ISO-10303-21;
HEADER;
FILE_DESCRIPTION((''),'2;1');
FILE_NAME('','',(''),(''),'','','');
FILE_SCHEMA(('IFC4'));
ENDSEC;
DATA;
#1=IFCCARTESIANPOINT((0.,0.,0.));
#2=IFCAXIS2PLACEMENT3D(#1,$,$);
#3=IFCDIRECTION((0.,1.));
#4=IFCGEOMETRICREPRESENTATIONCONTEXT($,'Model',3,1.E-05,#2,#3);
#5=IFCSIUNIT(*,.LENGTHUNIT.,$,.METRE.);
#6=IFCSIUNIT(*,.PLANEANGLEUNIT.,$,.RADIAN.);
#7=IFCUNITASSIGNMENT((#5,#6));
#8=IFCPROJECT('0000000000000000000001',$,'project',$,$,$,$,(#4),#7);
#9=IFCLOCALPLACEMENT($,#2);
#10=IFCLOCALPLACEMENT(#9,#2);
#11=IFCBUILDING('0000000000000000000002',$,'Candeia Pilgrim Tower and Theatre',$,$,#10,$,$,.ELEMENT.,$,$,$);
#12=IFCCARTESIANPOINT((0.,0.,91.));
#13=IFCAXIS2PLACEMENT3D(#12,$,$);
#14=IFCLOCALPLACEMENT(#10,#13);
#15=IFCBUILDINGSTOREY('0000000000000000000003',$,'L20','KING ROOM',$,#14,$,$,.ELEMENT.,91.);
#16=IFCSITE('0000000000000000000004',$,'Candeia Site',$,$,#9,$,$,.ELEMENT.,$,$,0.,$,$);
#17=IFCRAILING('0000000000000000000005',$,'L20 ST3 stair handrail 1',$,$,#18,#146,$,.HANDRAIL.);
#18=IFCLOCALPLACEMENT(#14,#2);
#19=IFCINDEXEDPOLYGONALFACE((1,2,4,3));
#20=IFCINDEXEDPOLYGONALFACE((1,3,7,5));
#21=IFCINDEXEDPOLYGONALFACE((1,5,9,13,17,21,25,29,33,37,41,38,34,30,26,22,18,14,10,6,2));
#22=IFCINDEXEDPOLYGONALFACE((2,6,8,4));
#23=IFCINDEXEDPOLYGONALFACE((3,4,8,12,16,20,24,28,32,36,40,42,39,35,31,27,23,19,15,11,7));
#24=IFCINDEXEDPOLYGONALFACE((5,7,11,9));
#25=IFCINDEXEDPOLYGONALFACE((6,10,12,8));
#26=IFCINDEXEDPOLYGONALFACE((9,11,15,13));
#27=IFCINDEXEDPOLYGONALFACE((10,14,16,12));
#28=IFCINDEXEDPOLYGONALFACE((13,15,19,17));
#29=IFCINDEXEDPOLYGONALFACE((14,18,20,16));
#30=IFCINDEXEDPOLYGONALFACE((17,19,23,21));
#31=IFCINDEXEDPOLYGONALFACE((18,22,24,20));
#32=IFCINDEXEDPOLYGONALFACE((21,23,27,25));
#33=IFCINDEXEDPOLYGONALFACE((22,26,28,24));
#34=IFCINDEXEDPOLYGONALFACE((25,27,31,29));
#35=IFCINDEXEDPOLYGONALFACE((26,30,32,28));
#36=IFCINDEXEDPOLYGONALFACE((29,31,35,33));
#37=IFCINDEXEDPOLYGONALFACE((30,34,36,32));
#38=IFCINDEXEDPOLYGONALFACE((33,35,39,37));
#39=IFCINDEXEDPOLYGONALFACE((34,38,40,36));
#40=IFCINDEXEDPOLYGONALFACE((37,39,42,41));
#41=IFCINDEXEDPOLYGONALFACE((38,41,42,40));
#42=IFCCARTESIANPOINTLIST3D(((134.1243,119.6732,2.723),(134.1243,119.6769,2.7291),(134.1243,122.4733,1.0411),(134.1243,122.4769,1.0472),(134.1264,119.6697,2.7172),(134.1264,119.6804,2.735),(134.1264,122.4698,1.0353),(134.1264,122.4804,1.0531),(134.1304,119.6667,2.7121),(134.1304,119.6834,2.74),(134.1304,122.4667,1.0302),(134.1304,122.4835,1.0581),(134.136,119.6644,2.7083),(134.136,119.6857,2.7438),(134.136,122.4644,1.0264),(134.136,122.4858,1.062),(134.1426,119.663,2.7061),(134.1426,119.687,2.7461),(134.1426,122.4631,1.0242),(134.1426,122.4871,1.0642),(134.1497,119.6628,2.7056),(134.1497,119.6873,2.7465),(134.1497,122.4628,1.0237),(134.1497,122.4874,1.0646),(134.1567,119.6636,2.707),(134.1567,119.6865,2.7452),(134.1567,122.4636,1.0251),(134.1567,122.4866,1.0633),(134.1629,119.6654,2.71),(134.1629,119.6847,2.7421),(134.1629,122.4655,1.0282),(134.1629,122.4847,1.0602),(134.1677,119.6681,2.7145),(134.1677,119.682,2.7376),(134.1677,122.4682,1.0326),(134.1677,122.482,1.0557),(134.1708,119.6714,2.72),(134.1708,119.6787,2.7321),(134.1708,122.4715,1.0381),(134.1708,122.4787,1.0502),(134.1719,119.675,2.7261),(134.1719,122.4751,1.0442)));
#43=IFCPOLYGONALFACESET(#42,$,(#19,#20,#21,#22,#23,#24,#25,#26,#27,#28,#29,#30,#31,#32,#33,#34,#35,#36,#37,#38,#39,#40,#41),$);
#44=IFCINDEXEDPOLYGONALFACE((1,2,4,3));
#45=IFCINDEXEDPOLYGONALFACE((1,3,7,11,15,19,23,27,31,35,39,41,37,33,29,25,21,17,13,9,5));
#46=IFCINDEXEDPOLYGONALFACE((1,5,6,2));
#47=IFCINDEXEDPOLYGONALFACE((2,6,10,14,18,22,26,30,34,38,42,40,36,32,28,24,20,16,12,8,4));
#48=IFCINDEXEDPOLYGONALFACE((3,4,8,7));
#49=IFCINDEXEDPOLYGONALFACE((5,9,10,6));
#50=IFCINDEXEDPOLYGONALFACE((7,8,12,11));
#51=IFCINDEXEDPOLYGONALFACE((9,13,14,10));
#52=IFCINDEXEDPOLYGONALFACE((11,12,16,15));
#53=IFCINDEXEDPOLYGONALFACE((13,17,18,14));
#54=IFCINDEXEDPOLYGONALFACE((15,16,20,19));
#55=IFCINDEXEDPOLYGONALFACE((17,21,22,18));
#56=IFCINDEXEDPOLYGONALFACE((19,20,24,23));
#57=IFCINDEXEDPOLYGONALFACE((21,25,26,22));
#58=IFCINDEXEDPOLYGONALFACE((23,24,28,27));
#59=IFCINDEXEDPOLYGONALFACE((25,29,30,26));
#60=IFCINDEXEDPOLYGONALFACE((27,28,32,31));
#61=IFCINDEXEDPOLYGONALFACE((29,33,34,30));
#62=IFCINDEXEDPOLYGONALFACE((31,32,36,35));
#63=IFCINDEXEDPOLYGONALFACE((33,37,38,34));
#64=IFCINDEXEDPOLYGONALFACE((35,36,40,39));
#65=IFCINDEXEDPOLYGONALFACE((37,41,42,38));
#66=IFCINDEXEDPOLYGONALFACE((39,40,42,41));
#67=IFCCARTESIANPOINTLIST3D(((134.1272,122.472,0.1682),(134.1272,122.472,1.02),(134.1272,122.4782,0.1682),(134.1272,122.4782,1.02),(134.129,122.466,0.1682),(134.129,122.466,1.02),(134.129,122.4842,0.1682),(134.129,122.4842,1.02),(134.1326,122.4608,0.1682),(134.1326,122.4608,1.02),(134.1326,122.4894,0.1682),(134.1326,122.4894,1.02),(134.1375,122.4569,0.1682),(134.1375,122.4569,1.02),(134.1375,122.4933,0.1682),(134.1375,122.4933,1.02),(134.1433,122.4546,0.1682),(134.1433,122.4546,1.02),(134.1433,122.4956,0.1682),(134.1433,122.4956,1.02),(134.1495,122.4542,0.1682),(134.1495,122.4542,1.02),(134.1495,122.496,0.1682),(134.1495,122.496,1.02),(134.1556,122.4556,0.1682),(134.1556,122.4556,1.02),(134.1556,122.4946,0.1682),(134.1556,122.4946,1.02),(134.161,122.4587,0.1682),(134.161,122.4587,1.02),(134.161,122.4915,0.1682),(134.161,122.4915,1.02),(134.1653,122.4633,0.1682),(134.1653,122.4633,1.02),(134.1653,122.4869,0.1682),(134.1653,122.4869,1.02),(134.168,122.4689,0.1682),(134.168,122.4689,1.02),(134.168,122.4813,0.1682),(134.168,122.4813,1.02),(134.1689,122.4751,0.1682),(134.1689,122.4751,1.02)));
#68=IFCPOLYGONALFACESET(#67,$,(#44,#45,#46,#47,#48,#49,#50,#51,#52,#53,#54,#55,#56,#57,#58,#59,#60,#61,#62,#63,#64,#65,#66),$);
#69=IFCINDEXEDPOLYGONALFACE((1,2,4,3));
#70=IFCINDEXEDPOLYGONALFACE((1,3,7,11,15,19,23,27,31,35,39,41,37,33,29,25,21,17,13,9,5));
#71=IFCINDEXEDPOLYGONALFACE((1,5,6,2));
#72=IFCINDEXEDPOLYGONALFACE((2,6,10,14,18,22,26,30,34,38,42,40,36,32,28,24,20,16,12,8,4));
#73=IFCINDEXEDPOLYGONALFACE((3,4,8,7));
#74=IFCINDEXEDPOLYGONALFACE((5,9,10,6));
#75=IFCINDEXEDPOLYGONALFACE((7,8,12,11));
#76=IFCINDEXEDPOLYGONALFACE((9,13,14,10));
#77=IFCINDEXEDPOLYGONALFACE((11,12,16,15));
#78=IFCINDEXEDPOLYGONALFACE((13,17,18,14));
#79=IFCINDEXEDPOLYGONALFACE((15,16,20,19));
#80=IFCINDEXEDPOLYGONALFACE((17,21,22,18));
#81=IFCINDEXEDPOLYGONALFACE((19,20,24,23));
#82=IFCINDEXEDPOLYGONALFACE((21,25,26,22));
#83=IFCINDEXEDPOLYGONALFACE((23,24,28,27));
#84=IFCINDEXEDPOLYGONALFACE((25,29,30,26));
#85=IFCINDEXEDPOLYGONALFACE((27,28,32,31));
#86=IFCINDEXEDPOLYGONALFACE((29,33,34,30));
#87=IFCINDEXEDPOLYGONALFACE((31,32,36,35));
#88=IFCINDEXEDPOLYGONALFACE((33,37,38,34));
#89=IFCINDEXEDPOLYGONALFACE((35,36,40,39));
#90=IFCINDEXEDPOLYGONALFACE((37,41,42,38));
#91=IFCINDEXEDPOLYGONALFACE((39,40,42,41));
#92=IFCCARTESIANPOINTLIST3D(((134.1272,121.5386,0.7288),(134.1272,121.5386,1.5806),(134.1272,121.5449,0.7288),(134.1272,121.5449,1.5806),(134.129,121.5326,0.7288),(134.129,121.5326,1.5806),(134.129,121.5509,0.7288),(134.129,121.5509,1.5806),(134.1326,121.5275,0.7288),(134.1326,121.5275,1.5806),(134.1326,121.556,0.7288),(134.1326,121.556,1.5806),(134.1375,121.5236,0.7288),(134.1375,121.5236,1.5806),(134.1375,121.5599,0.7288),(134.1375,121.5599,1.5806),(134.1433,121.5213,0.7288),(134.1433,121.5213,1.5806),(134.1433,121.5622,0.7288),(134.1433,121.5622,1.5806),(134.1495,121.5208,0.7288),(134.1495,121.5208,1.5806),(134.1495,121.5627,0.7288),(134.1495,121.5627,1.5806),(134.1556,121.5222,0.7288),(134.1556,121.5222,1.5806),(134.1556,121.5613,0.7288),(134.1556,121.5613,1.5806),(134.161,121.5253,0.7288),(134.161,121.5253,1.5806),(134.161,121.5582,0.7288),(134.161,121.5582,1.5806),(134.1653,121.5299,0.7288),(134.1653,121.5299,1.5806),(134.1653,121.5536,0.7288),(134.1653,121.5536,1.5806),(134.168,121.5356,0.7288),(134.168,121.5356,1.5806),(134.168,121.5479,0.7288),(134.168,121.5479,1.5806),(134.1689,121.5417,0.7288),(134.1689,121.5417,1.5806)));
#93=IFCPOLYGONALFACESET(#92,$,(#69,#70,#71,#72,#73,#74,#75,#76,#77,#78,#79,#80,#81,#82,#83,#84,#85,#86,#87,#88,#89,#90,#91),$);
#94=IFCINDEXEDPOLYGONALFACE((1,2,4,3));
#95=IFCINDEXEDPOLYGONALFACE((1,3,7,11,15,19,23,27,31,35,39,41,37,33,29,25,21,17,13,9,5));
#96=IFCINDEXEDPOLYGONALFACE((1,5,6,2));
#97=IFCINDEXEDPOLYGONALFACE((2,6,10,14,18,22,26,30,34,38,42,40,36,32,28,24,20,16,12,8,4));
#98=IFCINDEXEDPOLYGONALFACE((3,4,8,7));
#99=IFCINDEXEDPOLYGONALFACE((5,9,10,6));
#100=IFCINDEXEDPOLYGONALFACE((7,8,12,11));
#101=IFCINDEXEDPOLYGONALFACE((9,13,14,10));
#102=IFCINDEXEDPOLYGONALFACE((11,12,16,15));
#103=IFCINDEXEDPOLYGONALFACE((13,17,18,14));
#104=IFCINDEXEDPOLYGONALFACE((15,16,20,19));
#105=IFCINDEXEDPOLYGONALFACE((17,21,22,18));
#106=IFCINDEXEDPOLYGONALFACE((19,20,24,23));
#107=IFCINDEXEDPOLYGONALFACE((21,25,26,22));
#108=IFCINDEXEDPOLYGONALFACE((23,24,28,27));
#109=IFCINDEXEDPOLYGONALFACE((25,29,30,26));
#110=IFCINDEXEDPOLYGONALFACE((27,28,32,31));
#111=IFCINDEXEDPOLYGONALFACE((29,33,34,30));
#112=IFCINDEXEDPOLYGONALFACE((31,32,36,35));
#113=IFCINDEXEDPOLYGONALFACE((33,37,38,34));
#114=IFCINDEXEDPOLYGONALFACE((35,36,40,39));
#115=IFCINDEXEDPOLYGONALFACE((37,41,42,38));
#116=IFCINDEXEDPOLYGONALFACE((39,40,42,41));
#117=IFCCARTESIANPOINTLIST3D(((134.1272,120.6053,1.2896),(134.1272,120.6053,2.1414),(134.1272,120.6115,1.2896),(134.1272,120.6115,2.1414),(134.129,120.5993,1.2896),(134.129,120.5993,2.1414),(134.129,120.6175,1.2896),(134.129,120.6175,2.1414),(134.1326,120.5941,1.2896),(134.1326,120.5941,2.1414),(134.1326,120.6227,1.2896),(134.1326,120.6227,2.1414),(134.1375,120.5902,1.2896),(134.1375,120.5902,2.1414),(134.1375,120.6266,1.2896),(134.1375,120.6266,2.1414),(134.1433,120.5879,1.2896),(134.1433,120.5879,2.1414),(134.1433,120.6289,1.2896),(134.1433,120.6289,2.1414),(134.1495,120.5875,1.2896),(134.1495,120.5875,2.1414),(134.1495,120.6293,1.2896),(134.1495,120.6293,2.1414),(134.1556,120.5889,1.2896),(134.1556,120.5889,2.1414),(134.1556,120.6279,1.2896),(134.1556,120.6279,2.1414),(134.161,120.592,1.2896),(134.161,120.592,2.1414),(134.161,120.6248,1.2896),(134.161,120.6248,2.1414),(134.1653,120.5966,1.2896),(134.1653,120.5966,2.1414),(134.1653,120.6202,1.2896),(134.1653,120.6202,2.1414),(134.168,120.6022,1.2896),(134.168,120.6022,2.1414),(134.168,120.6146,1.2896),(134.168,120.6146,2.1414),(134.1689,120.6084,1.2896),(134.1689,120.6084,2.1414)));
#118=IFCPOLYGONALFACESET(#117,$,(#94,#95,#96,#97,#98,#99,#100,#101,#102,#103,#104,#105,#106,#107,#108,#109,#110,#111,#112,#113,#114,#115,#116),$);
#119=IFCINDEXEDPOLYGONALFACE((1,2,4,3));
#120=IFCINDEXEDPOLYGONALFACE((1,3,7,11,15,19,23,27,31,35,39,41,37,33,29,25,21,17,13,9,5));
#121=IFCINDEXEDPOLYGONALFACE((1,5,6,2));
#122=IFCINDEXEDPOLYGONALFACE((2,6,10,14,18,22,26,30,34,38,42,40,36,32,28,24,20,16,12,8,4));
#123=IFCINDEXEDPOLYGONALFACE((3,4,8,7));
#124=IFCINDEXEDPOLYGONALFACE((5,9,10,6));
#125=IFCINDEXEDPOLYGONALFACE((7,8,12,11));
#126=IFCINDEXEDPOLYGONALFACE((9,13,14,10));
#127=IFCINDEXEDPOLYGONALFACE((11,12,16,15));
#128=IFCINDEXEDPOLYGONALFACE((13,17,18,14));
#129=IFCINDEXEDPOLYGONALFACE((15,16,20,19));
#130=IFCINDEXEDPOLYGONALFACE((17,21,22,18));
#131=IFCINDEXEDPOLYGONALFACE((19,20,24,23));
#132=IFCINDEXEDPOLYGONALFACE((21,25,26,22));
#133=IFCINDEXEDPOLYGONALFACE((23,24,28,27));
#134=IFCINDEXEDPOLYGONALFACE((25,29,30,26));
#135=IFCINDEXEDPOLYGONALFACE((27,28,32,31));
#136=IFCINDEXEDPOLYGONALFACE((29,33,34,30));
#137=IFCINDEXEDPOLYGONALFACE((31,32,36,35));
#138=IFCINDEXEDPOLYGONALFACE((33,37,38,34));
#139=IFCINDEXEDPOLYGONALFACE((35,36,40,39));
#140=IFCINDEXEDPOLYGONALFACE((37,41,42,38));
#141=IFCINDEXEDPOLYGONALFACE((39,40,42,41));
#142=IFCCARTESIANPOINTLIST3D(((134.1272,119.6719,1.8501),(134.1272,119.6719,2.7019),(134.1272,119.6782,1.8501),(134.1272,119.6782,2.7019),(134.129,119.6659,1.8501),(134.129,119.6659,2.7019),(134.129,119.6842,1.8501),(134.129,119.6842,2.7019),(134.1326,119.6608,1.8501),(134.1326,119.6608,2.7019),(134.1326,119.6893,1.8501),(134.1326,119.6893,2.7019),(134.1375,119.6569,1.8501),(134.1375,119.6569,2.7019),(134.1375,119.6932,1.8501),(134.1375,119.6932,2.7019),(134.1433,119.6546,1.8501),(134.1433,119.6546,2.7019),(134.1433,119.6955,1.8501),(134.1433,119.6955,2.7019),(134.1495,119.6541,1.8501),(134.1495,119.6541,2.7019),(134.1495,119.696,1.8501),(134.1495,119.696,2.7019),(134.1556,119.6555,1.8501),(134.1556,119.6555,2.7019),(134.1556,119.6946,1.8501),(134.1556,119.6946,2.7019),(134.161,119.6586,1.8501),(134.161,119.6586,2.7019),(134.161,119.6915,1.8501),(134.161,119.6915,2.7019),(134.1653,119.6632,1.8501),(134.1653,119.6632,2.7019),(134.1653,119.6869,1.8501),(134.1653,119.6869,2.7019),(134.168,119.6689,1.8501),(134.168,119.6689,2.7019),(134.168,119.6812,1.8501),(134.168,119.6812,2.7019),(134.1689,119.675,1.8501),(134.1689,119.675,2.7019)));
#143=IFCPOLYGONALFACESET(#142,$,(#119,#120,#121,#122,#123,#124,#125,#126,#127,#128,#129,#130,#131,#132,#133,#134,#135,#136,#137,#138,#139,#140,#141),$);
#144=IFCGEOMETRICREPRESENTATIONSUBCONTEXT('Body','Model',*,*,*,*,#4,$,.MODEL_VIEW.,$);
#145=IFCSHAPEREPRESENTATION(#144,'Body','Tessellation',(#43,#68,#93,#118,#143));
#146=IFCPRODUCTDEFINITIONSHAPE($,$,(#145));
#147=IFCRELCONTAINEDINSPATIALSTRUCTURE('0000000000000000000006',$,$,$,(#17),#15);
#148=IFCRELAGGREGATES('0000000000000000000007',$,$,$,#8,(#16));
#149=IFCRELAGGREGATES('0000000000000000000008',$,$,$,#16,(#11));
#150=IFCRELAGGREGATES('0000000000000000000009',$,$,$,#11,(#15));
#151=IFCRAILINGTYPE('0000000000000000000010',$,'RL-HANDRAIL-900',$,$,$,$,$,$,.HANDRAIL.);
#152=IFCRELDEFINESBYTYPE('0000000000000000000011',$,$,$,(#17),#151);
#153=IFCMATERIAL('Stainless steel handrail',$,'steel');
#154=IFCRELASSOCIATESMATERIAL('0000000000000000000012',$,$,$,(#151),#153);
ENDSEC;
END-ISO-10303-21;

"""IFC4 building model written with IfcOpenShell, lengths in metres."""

from ifc_helpers import new_model, si_unit, direction, frame, origin, origin_2d, place, context, subcontext, project, spatial, circle, extrude, material, type_object, element, save


model = new_model("IFC4")

# Units and contexts
model_context = context("Model", 3, precision=1e-05, world=origin(), true_north=direction((0.0, 1.0)))
body_context = subcontext(model_context, "Body", "Model", "MODEL_VIEW")
ifc_project = project(units=[si_unit("LENGTHUNIT", "METRE"), si_unit("PLANEANGLEUNIT", "RADIAN")], contexts=[model_context])

# Site, building, storey
site_placement = place(None, origin())
site = spatial("IfcSite", under=ifc_project, at=site_placement, Name="Candeia Site", CompositionType="ELEMENT", RefElevation=0.0)
building_placement = place(site_placement, origin())
building = spatial("IfcBuilding", under=site, at=building_placement, Name="Candeia Pilgrim Tower and Theatre", CompositionType="ELEMENT")
storey_placement = place(building_placement, frame((0.0, 0.0, 91.0)))
storey = spatial("IfcBuildingStorey", under=building, at=storey_placement, Name="L20", Description="KING ROOM", CompositionType="ELEMENT", Elevation=91.0)

# Railing
ifc_material_1 = material(Name="Stainless steel handrail", Category="steel")
railing_type_1 = type_object("IfcRailingType", Name="RL-HANDRAIL-900", PredefinedType="HANDRAIL", material=ifc_material_1)
railing_1_placement = place(storey_placement, frame((134.1479, 122.4751, 0.1682)))
element("IfcRailing", 1, at=railing_1_placement, inside=storey, type_object=railing_type_1, Name="L20 ST3 stair handrail 1", PredefinedType="HANDRAIL", context=body_context, shape_type="SweptSolid", body=[
    extrude(circle(Radius=0.0239, at=origin_2d()), frame((0.0, 0.0, 0.876), z_axis=(0.0, -0.857242, 0.514913), x_axis=(1.0, 0.0, 0.0)), (0.0, 0.0, 1.0), 3.2664),
    extrude(circle(Radius=0.021, at=origin_2d()), origin(), (0.0, 0.0, 1.0), 0.8518),
    extrude(circle(Radius=0.021, at=origin_2d()), frame((0.0, -0.9333, 0.5605)), (0.0, 0.0, 1.0), 0.8518),
    extrude(circle(Radius=0.021, at=origin_2d()), frame((0.0, -1.8667, 1.1213)), (0.0, 0.0, 1.0), 0.8518),
    extrude(circle(Radius=0.021, at=origin_2d()), frame((0.0, -2.8, 1.6819)), (0.0, 0.0, 1.0), 0.8518),
])

save(model, "model.ifc")
